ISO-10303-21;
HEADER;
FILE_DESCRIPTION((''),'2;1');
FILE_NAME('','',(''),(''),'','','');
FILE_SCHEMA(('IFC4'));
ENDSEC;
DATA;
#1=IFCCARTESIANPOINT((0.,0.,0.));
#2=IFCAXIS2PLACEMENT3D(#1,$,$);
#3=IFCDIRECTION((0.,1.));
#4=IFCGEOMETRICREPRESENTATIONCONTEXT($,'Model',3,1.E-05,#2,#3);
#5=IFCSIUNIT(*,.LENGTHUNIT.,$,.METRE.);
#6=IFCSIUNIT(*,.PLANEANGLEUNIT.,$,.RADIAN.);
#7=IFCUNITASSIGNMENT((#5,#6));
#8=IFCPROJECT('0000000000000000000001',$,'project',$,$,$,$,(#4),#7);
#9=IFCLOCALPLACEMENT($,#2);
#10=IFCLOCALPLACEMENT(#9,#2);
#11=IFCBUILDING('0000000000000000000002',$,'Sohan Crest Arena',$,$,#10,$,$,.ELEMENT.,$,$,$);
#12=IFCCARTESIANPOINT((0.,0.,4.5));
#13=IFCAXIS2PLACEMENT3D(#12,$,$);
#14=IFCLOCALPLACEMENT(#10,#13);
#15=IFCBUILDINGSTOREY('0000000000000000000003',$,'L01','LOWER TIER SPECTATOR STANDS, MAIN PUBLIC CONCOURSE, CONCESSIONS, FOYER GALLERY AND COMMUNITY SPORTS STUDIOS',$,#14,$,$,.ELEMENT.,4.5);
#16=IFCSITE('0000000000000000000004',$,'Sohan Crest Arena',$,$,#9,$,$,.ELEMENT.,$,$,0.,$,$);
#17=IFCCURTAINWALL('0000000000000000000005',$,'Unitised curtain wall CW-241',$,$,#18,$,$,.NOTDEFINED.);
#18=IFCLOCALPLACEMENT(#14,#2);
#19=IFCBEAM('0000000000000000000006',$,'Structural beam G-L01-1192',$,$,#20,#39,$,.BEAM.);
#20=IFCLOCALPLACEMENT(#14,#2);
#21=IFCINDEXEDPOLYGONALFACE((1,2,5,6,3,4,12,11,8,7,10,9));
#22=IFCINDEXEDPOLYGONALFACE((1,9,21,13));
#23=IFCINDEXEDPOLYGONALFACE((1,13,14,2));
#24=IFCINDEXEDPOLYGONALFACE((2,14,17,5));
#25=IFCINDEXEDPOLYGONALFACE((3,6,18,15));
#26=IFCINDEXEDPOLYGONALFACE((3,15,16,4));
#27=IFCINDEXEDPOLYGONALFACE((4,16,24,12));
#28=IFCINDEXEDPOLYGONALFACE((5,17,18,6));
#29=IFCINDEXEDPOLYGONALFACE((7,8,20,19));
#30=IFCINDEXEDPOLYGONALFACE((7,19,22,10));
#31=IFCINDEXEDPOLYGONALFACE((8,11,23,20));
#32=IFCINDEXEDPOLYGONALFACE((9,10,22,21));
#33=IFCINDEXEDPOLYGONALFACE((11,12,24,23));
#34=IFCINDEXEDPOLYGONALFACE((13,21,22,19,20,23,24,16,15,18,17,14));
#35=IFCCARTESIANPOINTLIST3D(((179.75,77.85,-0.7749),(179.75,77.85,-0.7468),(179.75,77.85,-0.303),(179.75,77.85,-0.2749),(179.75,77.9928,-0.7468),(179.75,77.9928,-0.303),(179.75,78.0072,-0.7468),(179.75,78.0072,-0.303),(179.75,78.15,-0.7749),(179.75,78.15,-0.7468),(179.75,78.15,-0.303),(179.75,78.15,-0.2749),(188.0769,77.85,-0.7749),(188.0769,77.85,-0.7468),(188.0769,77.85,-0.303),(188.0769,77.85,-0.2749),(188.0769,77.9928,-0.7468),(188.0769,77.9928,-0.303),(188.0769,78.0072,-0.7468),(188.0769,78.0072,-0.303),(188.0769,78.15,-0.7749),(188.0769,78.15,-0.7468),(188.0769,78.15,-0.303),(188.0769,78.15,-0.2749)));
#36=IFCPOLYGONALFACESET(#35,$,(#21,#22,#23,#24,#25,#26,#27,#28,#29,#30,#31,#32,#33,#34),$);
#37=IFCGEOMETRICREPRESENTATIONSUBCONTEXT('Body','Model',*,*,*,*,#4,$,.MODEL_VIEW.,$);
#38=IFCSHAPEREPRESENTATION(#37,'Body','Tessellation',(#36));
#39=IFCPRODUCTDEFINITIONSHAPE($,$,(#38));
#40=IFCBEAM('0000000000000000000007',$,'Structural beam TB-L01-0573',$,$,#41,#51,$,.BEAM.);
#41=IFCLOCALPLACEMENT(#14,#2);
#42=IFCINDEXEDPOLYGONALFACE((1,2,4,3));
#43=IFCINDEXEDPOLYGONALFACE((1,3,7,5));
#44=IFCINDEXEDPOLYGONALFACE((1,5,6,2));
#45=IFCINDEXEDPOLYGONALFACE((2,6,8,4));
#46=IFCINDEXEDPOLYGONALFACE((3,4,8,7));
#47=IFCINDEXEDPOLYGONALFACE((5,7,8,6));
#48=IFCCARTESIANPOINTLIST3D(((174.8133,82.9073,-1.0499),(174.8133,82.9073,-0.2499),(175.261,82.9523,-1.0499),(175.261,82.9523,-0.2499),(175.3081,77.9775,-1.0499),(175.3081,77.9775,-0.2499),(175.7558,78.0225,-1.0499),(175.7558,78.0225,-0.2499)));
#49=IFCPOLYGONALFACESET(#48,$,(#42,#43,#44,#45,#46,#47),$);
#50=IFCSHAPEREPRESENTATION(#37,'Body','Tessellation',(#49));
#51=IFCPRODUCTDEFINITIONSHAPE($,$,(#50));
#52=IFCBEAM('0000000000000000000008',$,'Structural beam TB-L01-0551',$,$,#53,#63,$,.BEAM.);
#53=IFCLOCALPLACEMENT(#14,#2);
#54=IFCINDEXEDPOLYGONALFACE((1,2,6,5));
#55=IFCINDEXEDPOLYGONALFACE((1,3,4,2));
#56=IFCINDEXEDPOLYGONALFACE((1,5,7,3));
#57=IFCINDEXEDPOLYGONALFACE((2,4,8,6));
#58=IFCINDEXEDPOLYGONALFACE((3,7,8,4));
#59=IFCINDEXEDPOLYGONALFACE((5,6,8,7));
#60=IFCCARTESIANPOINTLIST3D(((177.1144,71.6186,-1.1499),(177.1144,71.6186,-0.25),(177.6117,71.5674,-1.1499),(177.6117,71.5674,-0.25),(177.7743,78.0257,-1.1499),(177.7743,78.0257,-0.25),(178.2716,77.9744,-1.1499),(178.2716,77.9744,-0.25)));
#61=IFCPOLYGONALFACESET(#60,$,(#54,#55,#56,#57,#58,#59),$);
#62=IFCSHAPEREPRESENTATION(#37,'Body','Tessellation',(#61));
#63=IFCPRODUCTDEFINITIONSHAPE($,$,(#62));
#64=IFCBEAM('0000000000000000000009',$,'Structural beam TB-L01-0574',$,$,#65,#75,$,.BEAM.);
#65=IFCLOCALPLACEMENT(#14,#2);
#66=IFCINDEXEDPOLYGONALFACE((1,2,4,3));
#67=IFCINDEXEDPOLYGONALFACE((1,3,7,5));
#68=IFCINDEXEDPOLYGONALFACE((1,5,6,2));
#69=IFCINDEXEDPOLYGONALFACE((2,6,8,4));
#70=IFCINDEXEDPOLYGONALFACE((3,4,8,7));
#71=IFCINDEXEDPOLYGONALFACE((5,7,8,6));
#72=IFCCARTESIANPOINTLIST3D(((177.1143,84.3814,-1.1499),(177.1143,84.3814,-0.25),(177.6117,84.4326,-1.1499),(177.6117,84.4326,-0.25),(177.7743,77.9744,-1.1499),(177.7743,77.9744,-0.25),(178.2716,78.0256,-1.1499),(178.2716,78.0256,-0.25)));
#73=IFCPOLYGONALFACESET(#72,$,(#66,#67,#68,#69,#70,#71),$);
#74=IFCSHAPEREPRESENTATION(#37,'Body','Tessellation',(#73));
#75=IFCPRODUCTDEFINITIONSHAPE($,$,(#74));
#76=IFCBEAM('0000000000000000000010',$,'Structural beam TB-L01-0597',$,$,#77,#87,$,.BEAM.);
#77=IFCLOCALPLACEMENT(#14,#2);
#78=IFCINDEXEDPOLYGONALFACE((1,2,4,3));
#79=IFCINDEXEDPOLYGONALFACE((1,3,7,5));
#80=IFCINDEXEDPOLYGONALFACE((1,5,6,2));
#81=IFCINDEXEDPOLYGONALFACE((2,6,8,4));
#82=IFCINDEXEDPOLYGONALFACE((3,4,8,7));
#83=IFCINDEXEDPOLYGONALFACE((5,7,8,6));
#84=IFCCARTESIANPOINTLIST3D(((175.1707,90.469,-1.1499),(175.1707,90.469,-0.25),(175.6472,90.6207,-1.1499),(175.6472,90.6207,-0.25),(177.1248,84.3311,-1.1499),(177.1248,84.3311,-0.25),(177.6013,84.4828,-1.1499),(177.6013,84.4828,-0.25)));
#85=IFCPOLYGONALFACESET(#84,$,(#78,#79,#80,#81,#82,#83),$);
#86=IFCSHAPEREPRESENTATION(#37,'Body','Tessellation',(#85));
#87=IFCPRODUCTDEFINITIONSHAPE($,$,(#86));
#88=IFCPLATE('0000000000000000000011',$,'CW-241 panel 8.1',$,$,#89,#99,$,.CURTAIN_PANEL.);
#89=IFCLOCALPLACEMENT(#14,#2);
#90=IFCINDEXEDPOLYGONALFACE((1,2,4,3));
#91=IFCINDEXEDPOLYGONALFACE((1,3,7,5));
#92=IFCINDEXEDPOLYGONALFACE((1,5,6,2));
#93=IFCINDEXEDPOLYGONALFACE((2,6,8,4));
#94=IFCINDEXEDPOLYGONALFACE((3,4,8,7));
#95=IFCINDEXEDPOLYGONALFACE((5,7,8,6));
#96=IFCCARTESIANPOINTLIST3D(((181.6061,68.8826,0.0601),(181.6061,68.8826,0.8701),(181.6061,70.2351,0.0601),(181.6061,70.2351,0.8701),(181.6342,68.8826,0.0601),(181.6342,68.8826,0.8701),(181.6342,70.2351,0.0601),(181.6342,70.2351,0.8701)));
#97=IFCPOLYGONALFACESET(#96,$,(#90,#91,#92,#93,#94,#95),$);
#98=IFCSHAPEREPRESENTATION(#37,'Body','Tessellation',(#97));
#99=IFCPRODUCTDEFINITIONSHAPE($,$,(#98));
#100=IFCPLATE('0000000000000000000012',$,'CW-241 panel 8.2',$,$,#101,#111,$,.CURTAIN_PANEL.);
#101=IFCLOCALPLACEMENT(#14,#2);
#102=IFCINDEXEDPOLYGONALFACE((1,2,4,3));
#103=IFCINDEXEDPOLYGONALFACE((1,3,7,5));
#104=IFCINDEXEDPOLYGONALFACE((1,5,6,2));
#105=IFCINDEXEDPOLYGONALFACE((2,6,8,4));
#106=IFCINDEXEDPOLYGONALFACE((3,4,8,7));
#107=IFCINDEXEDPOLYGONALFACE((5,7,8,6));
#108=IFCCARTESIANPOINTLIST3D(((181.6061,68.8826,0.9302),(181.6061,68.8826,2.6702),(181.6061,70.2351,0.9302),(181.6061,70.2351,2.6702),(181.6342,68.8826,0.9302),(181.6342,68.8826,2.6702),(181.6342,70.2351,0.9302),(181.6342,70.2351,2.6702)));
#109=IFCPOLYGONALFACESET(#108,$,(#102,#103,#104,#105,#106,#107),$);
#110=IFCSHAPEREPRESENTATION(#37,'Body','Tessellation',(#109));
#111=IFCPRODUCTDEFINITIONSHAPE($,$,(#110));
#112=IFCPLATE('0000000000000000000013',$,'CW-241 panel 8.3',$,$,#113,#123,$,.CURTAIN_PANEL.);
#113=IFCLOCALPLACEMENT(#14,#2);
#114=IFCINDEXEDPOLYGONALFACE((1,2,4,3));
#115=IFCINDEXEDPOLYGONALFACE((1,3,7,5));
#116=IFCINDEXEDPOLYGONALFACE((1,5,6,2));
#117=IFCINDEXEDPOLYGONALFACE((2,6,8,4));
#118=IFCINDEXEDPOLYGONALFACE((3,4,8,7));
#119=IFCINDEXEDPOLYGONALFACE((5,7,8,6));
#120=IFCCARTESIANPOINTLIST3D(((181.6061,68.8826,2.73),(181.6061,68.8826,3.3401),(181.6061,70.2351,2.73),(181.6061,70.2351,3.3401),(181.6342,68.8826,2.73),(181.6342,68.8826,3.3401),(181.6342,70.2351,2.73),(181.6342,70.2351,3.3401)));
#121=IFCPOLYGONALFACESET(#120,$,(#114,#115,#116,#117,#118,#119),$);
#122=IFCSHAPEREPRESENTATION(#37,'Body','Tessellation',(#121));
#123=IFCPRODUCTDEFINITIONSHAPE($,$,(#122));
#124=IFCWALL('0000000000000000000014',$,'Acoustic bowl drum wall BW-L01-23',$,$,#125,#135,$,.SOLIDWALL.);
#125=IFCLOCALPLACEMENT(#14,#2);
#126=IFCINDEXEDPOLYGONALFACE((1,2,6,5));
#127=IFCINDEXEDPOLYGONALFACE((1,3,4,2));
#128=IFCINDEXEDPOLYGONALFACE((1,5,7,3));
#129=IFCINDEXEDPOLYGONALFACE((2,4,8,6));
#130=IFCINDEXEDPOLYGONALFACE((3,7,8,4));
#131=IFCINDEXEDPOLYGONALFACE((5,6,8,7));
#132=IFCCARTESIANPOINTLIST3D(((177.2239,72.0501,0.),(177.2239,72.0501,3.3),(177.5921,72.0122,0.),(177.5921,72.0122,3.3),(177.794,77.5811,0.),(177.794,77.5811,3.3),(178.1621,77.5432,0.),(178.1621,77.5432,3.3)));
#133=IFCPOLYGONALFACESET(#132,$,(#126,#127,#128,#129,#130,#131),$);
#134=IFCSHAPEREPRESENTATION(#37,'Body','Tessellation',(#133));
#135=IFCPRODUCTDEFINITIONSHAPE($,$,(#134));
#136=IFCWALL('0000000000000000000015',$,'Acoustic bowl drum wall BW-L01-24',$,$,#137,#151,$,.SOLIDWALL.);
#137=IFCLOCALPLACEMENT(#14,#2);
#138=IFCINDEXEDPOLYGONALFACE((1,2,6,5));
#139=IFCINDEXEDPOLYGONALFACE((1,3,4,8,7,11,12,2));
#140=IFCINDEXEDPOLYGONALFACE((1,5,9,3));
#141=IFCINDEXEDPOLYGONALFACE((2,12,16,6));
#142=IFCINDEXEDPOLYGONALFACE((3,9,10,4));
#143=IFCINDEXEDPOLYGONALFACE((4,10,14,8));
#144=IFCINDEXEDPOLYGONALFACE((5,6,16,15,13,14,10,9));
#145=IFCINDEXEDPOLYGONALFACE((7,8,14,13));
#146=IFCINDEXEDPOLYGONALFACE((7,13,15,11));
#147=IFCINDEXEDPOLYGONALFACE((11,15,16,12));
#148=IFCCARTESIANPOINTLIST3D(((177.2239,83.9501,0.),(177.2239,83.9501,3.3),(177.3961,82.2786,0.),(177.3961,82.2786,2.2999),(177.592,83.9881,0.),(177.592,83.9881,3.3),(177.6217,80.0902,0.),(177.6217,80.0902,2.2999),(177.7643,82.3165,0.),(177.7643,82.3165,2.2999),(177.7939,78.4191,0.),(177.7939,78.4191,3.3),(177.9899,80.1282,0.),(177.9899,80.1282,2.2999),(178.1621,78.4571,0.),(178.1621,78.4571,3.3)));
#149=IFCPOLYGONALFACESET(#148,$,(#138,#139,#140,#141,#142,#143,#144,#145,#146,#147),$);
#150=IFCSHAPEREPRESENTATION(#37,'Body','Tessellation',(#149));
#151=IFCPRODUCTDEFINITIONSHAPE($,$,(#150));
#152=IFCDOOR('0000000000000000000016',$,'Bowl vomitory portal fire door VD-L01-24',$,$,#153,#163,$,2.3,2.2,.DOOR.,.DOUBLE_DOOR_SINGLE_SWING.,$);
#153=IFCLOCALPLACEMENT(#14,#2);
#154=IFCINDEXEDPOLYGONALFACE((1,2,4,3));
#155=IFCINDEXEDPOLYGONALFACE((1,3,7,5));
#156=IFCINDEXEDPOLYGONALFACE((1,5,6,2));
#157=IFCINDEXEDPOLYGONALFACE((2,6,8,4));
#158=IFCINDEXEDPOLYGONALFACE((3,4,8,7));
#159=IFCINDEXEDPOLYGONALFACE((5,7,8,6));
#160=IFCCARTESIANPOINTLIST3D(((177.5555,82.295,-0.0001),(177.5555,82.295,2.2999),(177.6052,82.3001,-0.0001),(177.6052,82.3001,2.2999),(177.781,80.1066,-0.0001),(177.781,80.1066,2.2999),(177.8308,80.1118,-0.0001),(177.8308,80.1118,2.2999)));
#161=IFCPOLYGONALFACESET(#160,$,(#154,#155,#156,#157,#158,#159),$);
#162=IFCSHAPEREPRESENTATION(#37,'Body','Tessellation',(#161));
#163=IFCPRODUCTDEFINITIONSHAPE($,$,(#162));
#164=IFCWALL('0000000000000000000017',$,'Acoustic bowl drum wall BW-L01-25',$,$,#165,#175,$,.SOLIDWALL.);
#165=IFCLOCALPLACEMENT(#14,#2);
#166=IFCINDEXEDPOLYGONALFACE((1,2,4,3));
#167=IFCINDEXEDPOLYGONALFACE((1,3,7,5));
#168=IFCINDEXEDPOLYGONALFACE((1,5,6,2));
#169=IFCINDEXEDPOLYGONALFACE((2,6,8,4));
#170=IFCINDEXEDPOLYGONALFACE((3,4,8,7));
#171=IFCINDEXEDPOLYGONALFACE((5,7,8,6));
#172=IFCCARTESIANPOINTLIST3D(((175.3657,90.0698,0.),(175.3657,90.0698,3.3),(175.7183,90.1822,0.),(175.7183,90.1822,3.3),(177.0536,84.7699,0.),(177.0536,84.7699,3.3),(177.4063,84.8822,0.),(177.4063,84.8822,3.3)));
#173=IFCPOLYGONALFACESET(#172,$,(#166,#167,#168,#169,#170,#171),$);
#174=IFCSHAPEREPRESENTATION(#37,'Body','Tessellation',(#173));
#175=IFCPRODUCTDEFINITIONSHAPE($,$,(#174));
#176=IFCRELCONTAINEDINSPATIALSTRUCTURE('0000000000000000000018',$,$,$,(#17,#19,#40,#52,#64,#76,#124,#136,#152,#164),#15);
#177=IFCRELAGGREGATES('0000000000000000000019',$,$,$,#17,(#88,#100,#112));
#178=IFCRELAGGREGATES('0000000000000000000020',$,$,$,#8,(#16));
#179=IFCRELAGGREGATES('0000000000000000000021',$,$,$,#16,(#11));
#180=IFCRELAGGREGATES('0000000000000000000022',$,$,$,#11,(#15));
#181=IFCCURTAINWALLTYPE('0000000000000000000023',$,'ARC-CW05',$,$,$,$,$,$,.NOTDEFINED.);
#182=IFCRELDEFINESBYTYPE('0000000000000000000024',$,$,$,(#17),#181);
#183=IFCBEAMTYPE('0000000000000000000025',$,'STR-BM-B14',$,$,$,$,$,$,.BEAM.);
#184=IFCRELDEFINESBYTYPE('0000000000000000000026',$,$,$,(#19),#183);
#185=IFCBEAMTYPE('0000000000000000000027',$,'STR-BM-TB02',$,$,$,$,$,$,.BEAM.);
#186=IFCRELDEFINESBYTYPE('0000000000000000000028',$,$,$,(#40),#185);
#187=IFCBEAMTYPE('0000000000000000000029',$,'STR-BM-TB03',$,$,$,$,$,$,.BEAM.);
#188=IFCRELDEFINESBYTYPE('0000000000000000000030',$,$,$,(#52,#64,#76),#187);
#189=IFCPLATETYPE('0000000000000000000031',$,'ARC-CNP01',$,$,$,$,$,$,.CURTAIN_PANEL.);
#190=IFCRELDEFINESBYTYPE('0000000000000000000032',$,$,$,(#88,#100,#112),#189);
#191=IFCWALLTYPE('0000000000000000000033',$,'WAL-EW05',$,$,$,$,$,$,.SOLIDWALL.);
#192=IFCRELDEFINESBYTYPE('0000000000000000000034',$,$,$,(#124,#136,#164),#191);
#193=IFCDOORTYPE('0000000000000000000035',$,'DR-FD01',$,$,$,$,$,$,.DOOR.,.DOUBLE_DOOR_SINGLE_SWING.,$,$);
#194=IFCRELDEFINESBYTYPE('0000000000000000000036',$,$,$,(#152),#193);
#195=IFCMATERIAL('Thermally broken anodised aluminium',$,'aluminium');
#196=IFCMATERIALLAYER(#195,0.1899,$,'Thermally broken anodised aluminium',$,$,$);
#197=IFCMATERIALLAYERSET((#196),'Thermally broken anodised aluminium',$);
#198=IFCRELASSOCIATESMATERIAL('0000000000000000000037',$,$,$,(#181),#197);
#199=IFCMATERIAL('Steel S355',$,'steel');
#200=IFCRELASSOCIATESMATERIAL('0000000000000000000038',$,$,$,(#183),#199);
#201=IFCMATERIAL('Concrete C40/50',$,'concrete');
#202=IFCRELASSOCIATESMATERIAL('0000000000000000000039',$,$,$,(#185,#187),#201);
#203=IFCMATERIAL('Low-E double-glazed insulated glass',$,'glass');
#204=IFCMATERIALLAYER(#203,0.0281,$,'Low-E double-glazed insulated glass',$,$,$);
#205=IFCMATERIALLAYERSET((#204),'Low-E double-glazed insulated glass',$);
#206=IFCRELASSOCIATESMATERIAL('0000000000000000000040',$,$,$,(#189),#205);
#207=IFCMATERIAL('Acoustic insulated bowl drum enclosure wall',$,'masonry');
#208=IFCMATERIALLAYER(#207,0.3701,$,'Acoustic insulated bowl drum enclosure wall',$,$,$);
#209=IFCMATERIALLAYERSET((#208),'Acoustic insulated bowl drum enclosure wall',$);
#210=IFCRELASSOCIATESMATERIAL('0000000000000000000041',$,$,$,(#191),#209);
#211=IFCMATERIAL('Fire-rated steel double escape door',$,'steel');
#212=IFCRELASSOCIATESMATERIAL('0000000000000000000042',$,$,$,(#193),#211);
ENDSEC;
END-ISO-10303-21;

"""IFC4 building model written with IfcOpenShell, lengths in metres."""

from ifc_helpers import new_model, si_unit, direction, frame, frame_2d, origin, origin_2d, place, context, subcontext, project, spatial, rectangle, i_section, extrude, material, layer, layer_set, material_profile, profile_set, type_object, element, fill, aggregate, save


model = new_model("IFC4")

# Units and contexts
model_context = context("Model", 3, precision=1e-05, world=origin(), true_north=direction((0.0, 1.0)))
body_context = subcontext(model_context, "Body", "Model", "MODEL_VIEW")
ifc_project = project(units=[si_unit("LENGTHUNIT", "METRE"), si_unit("PLANEANGLEUNIT", "RADIAN")], contexts=[model_context])

# Site, building, storey
site_placement = place(None, origin())
site = spatial("IfcSite", under=ifc_project, at=site_placement, Name="Sohan Crest Arena", CompositionType="ELEMENT", RefElevation=0.0)
building_placement = place(site_placement, origin())
building = spatial("IfcBuilding", under=site, at=building_placement, Name="Sohan Crest Arena", CompositionType="ELEMENT")
storey_placement = place(building_placement, frame((0.0, 0.0, 4.5)))
storey = spatial("IfcBuildingStorey", under=building, at=storey_placement, Name="L01", Description="LOWER TIER SPECTATOR STANDS, MAIN PUBLIC CONCOURSE, CONCESSIONS, FOYER GALLERY AND COMMUNITY SPORTS STUDIOS", CompositionType="ELEMENT", Elevation=4.5)

# Shared definitions
ifc_material_1 = material(Name="Concrete C40/50", Category="concrete")
ifc_material_2 = material(Name="Steel S355", Category="steel")

# Curtain wall
ifc_material_3 = material(Name="Thermally broken anodised aluminium", Category="aluminium")
ifc_layer_1 = layer(ifc_material_3, 0.1899, Name="Thermally broken anodised aluminium")
ifc_layer_set_1 = layer_set([ifc_layer_1], Name="Thermally broken anodised aluminium")
curtain_wall_type = type_object("IfcCurtainWallType", Name="ARC-CW05", PredefinedType="NOTDEFINED", material=ifc_layer_set_1)
curtain_wall_placement = place(storey_placement, origin())
curtain_wall = element("IfcCurtainWall", 1, at=curtain_wall_placement, inside=storey, type_object=curtain_wall_type, Name="Unitised curtain wall CW-241", PredefinedType="NOTDEFINED")

# Beams
ifc_material_profile_1 = material_profile(ifc_material_2, i_section(OverallWidth=0.3, OverallDepth=0.5, WebThickness=0.0144, FlangeThickness=0.0281, at=origin_2d()), Name="HEB 500")
ifc_profile_set_1 = profile_set([ifc_material_profile_1], Name="Steel S355")
beam_type_1 = type_object("IfcBeamType", Name="STR-BM-B14", PredefinedType="BEAM", material=ifc_profile_set_1)
beam_1_placement = place(storey_placement, frame((179.75, 78.0, -0.5249), z_axis=(1.0, 0.0, 0.0), x_axis=(0.0, 1.0, 0.0)))
element("IfcBeam", 2, at=beam_1_placement, inside=storey, type_object=beam_type_1, Name="Structural beam G-L01-1192", PredefinedType="BEAM", context=body_context, shape_type="SweptSolid", body=[
    extrude(i_section(OverallWidth=0.3, OverallDepth=0.5, WebThickness=0.0144, FlangeThickness=0.0281, at=origin_2d()), origin(), (0.0, 0.0, 1.0), 8.3269),
])
ifc_material_profile_2 = material_profile(ifc_material_1, rectangle(XDim=0.45, YDim=0.8, at=origin_2d()), Name="RC-BM 450x800")
ifc_profile_set_2 = profile_set([ifc_material_profile_2], Name="Concrete C40/50")
beam_type_2 = type_object("IfcBeamType", Name="STR-BM-TB02", PredefinedType="BEAM", material=ifc_profile_set_2)
beam_2_placement = place(storey_placement, frame((175.532, 78.0, -0.6499), z_axis=(-0.099879, 0.995, 0.0), x_axis=(-0.995, -0.099879, 0.0)))
element("IfcBeam", 3, at=beam_2_placement, inside=storey, type_object=beam_type_2, Name="Structural beam TB-L01-0573", PredefinedType="BEAM", context=body_context, shape_type="SweptSolid", body=[
    extrude(rectangle(XDim=0.45, YDim=0.8, at=origin_2d()), origin(), (0.0, 0.0, 1.0), 4.9546),
])
ifc_material_profile_3 = material_profile(ifc_material_1, rectangle(XDim=0.5, YDim=0.8999, at=origin_2d()), Name="RC-BM 500x900")
ifc_profile_set_3 = profile_set([ifc_material_profile_3], Name="Concrete C40/50")
beam_type_3 = type_object("IfcBeamType", Name="STR-BM-TB03", PredefinedType="BEAM", material=ifc_profile_set_3)
for number, where, z_axis, x_axis, name in (
    (4, (177.363, 71.593, -0.7), (0.102457, 0.994737, 0.0), (-0.994737, 0.102457, 0.0), "Structural beam TB-L01-0551"),
    (5, (178.0229, 78.0, -0.7), (-0.102457, 0.994737, 0.0), (-0.994737, -0.102457, 0.0), "Structural beam TB-L01-0574"),
):
    element("IfcBeam", number, at=place(storey_placement, frame(where, z_axis=z_axis, x_axis=x_axis)), inside=storey, type_object=beam_type_3, Name=name, PredefinedType="BEAM", context=body_context, shape_type="SweptSolid", body=[
        extrude(rectangle(XDim=0.5, YDim=0.8999, at=origin_2d()), origin(), (0.0, 0.0, 1.0), 6.4409),
    ])
beam_3_placement = place(storey_placement, frame((177.363, 84.407, -0.7), z_axis=(-0.303362, 0.952875, 0.0), x_axis=(-0.952875, -0.303362, 0.0)))
element("IfcBeam", 6, at=beam_3_placement, inside=storey, type_object=beam_type_3, Name="Structural beam TB-L01-0597", PredefinedType="BEAM", context=body_context, shape_type="SweptSolid", body=[
    extrude(rectangle(XDim=0.5, YDim=0.8999, at=origin_2d()), origin(), (0.0, 0.0, 1.0), 6.4414),
])

# Plates
ifc_material_4 = material(Name="Low-E double-glazed insulated glass", Category="glass")
ifc_layer_2 = layer(ifc_material_4, 0.0281, Name="Low-E double-glazed insulated glass")
ifc_layer_set_2 = layer_set([ifc_layer_2], Name="Low-E double-glazed insulated glass")
plate_type = type_object("IfcPlateType", Name="ARC-CNP01", PredefinedType="CURTAIN_PANEL", material=ifc_layer_set_2)
plate_1_placement = place(storey_placement, frame((181.6201, 69.5588, 0.0601), z_axis=(0.0, 0.0, 1.0), x_axis=(0.0, 1.0, 0.0)))
plate_1 = element("IfcPlate", 7, at=plate_1_placement, type_object=plate_type, Name="CW-241 panel 8.1", PredefinedType="CURTAIN_PANEL", context=body_context, shape_type="SweptSolid", body=[
    extrude(rectangle(XDim=1.3525, YDim=0.0281, at=origin_2d()), origin(), (0.0, 0.0, 1.0), 0.8101),
])
plate_2_placement = place(storey_placement, frame((181.6201, 69.5588, 0.9302), z_axis=(0.0, 0.0, 1.0), x_axis=(0.0, 1.0, 0.0)))
plate_2 = element("IfcPlate", 8, at=plate_2_placement, type_object=plate_type, Name="CW-241 panel 8.2", PredefinedType="CURTAIN_PANEL", context=body_context, shape_type="SweptSolid", body=[
    extrude(rectangle(XDim=1.3525, YDim=0.0281, at=origin_2d()), origin(), (0.0, 0.0, 1.0), 1.74),
])
plate_3_placement = place(storey_placement, frame((181.6201, 69.5588, 2.73), z_axis=(0.0, 0.0, 1.0), x_axis=(0.0, 1.0, 0.0)))
plate_3 = element("IfcPlate", 9, at=plate_3_placement, type_object=plate_type, Name="CW-241 panel 8.3", PredefinedType="CURTAIN_PANEL", context=body_context, shape_type="SweptSolid", body=[
    extrude(rectangle(XDim=1.3525, YDim=0.0281, at=origin_2d()), origin(), (0.0, 0.0, 1.0), 0.6101),
])
aggregate(curtain_wall, [plate_1, plate_2, plate_3])

# Wall
ifc_material_5 = material(Name="Acoustic insulated bowl drum enclosure wall", Category="masonry")
ifc_layer_3 = layer(ifc_material_5, 0.3701, Name="Acoustic insulated bowl drum enclosure wall")
ifc_layer_set_3 = layer_set([ifc_layer_3], Name="Acoustic insulated bowl drum enclosure wall")
wall_type = type_object("IfcWallType", Name="WAL-EW05", PredefinedType="SOLIDWALL", material=ifc_layer_set_3)
wall_1_placement = place(storey_placement, frame((177.408, 72.031, 0.0), z_axis=(0.0, 0.0, 1.0), x_axis=(0.102525, 0.99473, 0.0)))
element("IfcWall", 10, at=wall_1_placement, inside=storey, type_object=wall_type, Name="Acoustic bowl drum wall BW-L01-23", PredefinedType="SOLIDWALL", context=body_context, shape_type="SweptSolid", body=[
    extrude(rectangle(XDim=5.5603, YDim=0.3701, at=frame_2d((2.7803, 0.0))), origin(), (0.0, 0.0, 1.0), 3.3),
])

# Wall, opening, door
wall_2_placement = place(storey_placement, frame((177.978, 78.438, 0.0), z_axis=(0.0, 0.0, 1.0), x_axis=(-0.102525, 0.99473, 0.0)))
wall_2 = element("IfcWall", 11, at=wall_2_placement, inside=storey, type_object=wall_type, Name="Acoustic bowl drum wall BW-L01-24", PredefinedType="SOLIDWALL", context=body_context, shape_type="SweptSolid", body=[
    extrude(rectangle(XDim=5.5603, YDim=0.3701, at=frame_2d((2.7803, 0.0))), origin(), (0.0, 0.0, 1.0), 3.3),
])
opening_placement = place(wall_2_placement, frame((1.6799, 0.0, 0.0)))
opening = element("IfcOpeningElement", 12, at=opening_placement, cuts=wall_2, PredefinedType="OPENING", context=body_context, shape_type="SweptSolid", body=[
    extrude(rectangle(XDim=2.2, YDim=2.3, at=frame_2d((1.1001, 1.1499))), frame((0.0, 0.1951, 0.0), z_axis=(0.0, -1.0, 0.0), x_axis=(1.0, 0.0, 0.0)), (0.0, 0.0, 1.0), 0.3901),
])
ifc_material_6 = material(Name="Fire-rated steel double escape door", Category="steel")
door_type = type_object("IfcDoorType", Name="DR-FD01", OperationType="DOUBLE_DOOR_SINGLE_SWING", PredefinedType="DOOR", material=ifc_material_6)
door_placement = place(opening_placement, origin())
door = element("IfcDoor", 13, at=door_placement, inside=storey, type_object=door_type, Name="Bowl vomitory portal fire door VD-L01-24", OperationType="DOUBLE_DOOR_SINGLE_SWING", OverallHeight=2.3, OverallWidth=2.2, PredefinedType="DOOR", context=body_context, shape_type="SweptSolid", body=[
    extrude(rectangle(XDim=2.2, YDim=2.3, at=frame_2d((1.1001, 1.1499))), frame((0.0, 0.0249, 0.0), z_axis=(0.0, -1.0, 0.0), x_axis=(1.0, 0.0, 0.0)), (0.0, 0.0, 1.0), 0.05),
])
fill(opening, door)

# Wall
wall_3_placement = place(storey_placement, frame((177.23, 84.8259, 0.0), z_axis=(0.0, 0.0, 1.0), x_axis=(-0.303466, 0.952842, 0.0)))
element("IfcWall", 14, at=wall_3_placement, inside=storey, type_object=wall_type, Name="Acoustic bowl drum wall BW-L01-25", PredefinedType="SOLIDWALL", context=body_context, shape_type="SweptSolid", body=[
    extrude(rectangle(XDim=5.5623, YDim=0.3701, at=frame_2d((2.7812, 0.0))), origin(), (0.0, 0.0, 1.0), 3.3),
])

save(model, "model.ifc")
